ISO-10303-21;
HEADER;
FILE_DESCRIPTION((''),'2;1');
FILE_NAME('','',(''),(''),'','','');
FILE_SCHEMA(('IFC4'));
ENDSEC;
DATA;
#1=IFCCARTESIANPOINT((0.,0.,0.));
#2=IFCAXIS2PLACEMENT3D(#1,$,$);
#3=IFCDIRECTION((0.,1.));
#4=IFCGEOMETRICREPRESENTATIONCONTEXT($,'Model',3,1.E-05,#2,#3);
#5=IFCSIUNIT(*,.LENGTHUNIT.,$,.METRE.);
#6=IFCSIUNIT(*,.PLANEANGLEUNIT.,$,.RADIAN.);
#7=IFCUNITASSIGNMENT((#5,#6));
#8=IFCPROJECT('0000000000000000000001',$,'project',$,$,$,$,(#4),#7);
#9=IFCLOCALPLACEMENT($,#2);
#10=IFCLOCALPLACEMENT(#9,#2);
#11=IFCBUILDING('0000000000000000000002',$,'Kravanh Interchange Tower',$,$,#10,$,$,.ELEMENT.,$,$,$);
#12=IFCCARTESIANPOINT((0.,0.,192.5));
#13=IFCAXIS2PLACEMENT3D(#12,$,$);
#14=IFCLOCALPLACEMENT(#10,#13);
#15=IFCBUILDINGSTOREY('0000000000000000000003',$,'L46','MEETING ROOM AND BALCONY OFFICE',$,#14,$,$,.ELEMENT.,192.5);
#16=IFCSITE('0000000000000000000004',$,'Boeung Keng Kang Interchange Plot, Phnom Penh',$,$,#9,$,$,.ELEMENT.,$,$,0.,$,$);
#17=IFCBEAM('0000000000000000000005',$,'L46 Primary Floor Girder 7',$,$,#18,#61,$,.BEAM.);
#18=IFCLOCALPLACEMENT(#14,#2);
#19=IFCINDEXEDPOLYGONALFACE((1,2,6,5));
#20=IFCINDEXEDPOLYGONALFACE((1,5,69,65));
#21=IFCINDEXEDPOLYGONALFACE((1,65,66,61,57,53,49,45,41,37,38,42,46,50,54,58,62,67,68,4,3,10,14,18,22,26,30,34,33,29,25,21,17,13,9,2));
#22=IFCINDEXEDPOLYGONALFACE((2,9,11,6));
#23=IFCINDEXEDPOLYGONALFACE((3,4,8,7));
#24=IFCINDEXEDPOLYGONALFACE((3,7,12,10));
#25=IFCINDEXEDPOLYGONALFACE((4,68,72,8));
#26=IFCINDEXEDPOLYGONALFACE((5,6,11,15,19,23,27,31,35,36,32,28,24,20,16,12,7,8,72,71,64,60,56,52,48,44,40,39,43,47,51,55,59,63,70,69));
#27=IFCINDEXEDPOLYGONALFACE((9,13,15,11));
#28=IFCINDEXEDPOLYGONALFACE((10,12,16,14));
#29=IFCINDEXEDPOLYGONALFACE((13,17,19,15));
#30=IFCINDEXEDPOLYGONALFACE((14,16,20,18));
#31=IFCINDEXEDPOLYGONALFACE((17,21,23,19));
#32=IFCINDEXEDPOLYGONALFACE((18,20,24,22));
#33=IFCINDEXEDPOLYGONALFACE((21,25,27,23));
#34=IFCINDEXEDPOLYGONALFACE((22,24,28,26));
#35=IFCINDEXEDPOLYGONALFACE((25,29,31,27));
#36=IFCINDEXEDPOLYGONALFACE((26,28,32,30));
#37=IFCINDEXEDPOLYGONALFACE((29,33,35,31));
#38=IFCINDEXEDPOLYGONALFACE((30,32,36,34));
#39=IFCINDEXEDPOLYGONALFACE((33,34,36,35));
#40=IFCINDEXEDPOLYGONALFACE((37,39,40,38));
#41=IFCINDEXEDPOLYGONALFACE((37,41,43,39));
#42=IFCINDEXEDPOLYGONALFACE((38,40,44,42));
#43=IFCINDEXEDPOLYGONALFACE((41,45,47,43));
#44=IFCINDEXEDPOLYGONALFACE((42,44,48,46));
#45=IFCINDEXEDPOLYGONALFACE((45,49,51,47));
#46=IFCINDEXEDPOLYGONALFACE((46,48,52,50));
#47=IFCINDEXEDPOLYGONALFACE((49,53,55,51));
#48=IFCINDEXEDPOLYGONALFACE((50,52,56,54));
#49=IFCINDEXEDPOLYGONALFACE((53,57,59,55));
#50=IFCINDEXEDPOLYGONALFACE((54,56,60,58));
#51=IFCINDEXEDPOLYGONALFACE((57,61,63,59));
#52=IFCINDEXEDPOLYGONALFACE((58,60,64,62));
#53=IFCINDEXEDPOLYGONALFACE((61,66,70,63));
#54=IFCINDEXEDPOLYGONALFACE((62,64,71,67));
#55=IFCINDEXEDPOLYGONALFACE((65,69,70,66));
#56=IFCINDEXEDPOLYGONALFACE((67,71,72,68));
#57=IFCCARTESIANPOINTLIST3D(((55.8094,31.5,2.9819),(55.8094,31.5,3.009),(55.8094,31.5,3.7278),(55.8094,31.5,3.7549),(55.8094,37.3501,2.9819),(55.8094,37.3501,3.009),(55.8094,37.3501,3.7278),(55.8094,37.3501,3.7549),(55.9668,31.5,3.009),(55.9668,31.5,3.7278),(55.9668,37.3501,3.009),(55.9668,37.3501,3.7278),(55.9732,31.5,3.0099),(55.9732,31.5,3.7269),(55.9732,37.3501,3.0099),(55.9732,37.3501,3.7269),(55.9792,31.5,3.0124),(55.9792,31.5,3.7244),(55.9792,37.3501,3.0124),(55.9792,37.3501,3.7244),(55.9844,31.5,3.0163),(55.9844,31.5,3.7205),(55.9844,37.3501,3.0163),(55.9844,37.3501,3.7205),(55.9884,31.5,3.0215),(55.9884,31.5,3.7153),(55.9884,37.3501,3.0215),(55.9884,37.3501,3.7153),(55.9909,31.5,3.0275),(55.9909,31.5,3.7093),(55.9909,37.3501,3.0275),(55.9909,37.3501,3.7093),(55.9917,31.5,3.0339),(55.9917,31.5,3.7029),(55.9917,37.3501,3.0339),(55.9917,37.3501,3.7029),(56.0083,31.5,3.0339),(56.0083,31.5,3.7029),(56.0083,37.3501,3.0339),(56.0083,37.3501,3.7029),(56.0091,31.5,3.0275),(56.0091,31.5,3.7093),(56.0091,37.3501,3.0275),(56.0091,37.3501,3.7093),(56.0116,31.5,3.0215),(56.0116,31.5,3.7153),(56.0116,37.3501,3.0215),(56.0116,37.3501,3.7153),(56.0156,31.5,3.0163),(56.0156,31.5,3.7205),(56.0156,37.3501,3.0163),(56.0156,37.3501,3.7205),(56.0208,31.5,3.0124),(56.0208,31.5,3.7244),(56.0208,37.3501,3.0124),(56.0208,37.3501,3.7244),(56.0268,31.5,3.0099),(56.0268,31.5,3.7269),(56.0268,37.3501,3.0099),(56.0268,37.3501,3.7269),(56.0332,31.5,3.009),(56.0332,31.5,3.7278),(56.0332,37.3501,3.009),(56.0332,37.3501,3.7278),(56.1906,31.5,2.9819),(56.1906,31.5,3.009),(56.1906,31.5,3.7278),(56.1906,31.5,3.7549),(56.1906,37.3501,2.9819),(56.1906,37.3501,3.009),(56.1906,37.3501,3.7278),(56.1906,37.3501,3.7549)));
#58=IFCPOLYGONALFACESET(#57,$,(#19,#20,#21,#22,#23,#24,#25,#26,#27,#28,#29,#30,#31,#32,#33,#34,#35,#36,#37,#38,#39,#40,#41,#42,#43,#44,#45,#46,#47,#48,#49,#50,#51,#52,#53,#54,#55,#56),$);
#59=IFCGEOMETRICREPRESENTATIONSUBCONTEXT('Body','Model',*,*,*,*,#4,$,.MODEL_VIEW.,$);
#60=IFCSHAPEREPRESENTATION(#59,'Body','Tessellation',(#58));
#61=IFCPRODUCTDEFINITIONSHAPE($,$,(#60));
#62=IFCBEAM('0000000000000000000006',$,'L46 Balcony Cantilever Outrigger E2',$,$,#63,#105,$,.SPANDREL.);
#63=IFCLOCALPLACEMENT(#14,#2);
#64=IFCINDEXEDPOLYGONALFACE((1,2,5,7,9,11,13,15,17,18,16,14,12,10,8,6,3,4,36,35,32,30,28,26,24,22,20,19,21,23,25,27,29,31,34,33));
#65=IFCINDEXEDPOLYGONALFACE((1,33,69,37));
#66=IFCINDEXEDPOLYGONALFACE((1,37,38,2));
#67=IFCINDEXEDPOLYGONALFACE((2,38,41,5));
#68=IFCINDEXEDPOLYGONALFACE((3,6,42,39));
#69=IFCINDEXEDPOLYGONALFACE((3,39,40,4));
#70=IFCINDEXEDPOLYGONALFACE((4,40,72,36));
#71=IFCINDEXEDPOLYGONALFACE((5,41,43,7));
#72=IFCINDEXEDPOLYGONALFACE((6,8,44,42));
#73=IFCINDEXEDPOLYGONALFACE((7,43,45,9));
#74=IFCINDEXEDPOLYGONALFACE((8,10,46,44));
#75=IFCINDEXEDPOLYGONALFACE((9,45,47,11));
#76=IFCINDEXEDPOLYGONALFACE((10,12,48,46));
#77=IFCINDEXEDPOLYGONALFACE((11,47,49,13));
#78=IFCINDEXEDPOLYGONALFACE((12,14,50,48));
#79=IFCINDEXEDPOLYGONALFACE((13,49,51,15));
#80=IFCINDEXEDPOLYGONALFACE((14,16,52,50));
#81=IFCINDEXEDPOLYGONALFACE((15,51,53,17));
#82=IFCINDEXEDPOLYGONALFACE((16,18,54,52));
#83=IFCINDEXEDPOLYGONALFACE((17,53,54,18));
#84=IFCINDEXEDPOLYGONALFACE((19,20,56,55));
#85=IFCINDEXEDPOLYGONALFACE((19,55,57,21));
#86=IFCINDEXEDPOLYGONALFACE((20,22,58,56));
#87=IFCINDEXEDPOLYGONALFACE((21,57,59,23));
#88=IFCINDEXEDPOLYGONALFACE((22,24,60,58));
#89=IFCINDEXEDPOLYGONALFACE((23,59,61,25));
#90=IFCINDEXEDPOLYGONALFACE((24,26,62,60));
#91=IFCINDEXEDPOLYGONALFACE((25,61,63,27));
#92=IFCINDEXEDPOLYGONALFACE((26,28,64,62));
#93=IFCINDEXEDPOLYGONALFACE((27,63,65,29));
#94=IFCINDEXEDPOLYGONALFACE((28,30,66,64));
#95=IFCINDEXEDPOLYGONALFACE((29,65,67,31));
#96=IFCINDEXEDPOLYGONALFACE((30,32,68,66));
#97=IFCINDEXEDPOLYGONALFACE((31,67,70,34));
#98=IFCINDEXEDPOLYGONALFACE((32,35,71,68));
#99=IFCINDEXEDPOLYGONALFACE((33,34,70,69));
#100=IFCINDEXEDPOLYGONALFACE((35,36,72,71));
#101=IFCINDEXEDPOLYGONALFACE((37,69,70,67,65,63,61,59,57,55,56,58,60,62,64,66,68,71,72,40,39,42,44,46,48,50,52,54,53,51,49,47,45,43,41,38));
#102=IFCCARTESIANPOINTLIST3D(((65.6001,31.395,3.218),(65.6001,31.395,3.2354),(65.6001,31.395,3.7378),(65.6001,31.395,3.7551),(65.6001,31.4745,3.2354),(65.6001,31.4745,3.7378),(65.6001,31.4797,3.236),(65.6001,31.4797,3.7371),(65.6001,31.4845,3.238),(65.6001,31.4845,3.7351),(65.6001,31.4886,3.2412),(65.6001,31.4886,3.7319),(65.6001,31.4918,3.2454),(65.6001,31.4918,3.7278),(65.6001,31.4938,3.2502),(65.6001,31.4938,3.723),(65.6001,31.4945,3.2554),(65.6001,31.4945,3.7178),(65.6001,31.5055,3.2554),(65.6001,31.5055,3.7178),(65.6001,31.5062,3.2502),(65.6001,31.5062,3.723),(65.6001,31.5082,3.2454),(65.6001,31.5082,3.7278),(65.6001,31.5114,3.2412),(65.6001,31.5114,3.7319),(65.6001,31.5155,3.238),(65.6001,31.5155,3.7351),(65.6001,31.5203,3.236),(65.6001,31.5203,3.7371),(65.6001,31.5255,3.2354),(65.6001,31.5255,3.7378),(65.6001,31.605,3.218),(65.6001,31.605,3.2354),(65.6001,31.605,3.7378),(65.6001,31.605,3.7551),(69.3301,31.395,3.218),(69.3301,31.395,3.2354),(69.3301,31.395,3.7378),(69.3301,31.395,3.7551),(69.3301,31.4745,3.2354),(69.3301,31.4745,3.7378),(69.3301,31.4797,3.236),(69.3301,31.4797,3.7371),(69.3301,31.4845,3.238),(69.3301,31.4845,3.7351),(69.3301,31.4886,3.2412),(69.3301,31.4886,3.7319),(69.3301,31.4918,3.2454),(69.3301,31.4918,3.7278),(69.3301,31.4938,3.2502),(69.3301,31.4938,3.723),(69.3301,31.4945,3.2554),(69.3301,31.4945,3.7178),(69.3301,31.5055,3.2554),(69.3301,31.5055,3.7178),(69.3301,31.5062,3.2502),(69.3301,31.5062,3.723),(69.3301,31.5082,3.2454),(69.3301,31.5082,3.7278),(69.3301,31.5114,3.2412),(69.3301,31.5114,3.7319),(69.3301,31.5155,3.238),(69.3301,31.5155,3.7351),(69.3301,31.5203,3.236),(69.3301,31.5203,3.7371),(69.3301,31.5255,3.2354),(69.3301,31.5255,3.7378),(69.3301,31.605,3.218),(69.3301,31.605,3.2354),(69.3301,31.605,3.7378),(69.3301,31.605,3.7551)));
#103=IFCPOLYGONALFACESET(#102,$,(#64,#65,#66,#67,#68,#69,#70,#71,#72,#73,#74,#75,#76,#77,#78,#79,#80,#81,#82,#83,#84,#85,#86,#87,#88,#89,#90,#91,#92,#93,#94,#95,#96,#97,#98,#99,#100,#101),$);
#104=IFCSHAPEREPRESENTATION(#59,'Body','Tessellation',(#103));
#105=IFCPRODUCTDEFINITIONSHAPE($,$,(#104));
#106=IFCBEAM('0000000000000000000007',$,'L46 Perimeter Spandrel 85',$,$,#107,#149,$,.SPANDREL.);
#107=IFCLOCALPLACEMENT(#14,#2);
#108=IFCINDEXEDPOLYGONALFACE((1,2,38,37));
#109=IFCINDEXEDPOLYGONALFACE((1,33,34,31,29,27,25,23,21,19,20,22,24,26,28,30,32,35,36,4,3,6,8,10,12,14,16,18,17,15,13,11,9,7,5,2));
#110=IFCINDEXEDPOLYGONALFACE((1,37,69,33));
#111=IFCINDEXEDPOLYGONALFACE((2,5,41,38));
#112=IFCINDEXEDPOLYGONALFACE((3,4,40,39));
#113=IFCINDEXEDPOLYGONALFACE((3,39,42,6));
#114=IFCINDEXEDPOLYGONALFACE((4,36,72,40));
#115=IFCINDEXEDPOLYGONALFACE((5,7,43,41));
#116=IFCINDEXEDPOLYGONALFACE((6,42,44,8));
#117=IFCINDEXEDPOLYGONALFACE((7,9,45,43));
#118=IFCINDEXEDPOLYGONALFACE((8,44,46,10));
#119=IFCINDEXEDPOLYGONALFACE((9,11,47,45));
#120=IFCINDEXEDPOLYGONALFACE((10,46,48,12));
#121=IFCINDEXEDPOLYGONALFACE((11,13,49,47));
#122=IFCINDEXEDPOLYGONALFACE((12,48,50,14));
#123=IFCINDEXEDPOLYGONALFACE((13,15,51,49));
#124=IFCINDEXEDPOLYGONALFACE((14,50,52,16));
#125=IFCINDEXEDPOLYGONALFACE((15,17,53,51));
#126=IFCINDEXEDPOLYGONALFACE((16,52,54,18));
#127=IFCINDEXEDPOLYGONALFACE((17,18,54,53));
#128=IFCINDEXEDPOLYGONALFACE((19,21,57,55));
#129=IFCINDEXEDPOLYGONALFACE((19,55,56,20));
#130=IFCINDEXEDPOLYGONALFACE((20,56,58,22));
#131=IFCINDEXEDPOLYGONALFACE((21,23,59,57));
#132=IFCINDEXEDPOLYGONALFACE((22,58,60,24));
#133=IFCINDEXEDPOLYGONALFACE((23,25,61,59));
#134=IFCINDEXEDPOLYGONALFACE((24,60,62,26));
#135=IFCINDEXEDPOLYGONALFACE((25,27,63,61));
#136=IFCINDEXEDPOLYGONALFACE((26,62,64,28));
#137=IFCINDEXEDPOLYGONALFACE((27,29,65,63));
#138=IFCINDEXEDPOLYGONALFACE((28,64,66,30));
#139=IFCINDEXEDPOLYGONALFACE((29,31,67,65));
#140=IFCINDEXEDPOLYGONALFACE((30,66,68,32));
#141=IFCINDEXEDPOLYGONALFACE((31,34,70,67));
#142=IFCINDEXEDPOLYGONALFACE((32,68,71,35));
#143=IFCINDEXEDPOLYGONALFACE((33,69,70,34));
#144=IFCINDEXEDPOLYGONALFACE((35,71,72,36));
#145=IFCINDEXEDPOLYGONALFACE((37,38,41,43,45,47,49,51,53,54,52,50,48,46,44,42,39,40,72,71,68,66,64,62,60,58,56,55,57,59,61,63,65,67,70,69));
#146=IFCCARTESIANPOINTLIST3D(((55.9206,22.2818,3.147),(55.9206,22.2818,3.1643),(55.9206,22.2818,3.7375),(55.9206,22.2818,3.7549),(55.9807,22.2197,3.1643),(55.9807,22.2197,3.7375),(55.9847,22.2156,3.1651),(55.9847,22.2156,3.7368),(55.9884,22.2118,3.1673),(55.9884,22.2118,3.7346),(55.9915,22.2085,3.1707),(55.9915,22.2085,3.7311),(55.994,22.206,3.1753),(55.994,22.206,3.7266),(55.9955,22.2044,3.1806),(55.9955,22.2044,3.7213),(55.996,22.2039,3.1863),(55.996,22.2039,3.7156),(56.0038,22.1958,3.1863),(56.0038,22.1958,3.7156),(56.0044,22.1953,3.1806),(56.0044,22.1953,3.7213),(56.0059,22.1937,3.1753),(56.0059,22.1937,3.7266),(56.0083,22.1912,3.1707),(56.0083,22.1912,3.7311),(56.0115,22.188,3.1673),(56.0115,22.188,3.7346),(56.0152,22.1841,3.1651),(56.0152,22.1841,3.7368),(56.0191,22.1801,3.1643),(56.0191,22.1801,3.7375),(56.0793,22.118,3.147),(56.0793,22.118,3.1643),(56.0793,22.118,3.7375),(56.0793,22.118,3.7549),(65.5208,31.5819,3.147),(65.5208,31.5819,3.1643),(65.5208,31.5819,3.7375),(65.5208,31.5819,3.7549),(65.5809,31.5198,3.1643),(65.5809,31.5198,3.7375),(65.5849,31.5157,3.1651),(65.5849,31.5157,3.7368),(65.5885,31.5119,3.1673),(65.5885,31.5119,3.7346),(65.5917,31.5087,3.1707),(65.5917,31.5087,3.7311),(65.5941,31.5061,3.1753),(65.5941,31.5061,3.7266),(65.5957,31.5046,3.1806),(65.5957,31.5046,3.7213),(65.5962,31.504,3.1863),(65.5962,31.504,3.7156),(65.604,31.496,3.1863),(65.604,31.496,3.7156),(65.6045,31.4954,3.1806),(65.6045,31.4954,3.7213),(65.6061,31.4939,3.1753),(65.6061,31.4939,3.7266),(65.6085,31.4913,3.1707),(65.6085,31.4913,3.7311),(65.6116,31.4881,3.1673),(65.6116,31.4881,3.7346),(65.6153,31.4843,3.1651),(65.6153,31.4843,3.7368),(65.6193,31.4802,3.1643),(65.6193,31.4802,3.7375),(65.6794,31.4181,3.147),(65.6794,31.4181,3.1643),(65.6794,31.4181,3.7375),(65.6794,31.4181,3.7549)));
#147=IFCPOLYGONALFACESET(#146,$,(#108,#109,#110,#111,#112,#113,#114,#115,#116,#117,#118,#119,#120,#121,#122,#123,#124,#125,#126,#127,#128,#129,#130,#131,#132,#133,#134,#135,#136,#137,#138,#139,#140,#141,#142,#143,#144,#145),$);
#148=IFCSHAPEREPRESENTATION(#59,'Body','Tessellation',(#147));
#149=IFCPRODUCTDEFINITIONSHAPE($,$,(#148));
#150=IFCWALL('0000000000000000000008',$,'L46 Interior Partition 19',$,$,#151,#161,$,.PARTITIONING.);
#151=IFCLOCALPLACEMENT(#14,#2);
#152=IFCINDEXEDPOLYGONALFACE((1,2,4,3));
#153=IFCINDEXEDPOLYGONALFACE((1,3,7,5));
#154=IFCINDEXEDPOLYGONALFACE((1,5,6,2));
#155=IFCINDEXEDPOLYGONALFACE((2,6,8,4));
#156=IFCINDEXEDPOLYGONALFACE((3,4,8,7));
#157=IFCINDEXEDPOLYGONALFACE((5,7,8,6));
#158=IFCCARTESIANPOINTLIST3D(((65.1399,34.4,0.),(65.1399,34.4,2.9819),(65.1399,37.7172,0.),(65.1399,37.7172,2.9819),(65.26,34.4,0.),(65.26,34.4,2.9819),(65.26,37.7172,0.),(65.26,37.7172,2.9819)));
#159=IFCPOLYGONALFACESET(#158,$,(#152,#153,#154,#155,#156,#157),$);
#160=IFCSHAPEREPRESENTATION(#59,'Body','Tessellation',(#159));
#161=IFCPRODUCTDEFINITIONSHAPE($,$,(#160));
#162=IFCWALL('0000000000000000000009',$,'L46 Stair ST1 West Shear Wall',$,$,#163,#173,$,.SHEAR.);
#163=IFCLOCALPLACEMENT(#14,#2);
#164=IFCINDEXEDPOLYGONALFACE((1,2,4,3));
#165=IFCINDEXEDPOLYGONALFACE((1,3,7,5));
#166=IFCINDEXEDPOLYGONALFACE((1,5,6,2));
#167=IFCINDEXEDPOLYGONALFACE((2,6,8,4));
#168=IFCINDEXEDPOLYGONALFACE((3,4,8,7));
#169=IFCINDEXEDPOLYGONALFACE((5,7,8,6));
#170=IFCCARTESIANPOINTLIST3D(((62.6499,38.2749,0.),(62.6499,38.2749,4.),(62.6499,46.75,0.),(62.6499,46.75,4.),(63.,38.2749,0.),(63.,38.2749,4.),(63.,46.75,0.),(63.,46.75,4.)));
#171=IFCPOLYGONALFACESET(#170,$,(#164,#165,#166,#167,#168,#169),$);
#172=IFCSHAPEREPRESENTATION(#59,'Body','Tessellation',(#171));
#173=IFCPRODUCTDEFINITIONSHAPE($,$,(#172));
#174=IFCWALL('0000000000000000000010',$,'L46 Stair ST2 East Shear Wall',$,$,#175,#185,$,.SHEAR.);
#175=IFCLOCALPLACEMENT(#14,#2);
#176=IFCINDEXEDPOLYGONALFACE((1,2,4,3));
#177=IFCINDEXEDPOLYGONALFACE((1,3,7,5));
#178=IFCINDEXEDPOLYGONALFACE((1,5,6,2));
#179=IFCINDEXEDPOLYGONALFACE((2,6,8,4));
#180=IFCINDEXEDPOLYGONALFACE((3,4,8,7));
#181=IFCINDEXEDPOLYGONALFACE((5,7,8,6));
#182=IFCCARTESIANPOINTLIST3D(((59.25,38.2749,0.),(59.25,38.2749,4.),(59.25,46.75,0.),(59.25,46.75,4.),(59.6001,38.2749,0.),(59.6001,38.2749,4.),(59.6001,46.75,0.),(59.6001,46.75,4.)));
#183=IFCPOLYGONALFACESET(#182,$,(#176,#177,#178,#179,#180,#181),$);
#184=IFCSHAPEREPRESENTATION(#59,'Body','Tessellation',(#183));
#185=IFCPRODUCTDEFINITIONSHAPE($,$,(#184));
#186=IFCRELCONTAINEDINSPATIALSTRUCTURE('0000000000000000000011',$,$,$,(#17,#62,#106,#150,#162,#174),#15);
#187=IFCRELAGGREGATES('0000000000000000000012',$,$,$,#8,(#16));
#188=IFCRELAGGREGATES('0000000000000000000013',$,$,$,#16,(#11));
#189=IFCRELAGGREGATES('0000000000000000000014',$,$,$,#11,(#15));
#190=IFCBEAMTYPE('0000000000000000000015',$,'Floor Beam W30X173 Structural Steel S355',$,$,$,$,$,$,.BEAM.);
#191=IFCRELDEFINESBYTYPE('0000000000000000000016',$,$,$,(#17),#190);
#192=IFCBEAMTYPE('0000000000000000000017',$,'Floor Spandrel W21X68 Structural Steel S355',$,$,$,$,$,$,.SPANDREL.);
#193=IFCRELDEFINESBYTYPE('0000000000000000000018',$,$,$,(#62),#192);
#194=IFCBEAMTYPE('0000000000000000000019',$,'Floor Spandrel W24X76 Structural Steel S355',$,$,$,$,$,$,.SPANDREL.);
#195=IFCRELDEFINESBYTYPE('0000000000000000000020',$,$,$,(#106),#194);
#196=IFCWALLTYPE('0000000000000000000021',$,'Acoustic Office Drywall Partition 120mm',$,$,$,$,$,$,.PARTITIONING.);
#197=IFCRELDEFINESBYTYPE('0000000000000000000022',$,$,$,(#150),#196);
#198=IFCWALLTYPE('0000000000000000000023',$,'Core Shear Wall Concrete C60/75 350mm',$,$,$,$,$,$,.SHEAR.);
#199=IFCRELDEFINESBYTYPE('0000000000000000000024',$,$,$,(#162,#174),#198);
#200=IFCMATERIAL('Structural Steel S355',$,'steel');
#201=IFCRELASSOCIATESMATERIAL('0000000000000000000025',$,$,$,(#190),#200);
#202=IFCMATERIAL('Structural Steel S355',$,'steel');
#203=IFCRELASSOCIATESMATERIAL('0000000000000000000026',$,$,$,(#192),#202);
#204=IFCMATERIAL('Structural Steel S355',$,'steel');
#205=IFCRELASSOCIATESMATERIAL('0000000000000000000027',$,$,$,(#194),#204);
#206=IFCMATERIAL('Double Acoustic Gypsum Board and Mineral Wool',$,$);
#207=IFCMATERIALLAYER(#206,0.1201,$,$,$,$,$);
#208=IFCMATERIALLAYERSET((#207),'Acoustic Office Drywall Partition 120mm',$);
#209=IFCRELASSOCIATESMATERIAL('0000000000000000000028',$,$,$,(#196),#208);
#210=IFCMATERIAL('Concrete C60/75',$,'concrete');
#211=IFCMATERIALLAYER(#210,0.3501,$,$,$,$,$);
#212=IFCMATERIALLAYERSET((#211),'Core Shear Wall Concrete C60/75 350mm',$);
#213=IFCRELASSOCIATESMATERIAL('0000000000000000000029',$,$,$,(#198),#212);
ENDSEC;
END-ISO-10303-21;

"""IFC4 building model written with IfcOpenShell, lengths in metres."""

from ifc_helpers import new_model, si_unit, direction, frame, frame_2d, origin, origin_2d, place, context, subcontext, project, spatial, rectangle, i_section, extrude, material, layer, layer_set, material_profile, profile_set, type_object, element, save


model = new_model("IFC4")

# Units and contexts
model_context = context("Model", 3, precision=1e-05, world=origin(), true_north=direction((0.0, 1.0)))
body_context = subcontext(model_context, "Body", "Model", "MODEL_VIEW")
ifc_project = project(units=[si_unit("LENGTHUNIT", "METRE"), si_unit("PLANEANGLEUNIT", "RADIAN")], contexts=[model_context])

# Site, building, storey
site_placement = place(None, origin())
site = spatial("IfcSite", under=ifc_project, at=site_placement, Name="Boeung Keng Kang Interchange Plot, Phnom Penh", CompositionType="ELEMENT", RefElevation=0.0)
building_placement = place(site_placement, origin())
building = spatial("IfcBuilding", under=site, at=building_placement, Name="Kravanh Interchange Tower", CompositionType="ELEMENT")
storey_placement = place(building_placement, frame((0.0, 0.0, 192.5)))
storey = spatial("IfcBuildingStorey", under=building, at=storey_placement, Name="L46", Description="MEETING ROOM AND BALCONY OFFICE", CompositionType="ELEMENT", Elevation=192.5)

# Beams
ifc_material_1 = material(Name="Structural Steel S355", Category="steel")
ifc_material_profile_1 = material_profile(ifc_material_1, i_section(OverallWidth=0.3811, OverallDepth=0.7729, WebThickness=0.0166, FlangeThickness=0.0271, FilletRadius=0.0249, at=origin_2d()), Name="W30X173")
ifc_profile_set_1 = profile_set([ifc_material_profile_1], Name="Structural Steel S355")
beam_type_1 = type_object("IfcBeamType", Name="Floor Beam W30X173 Structural Steel S355", PredefinedType="BEAM", material=ifc_profile_set_1)
beam_1_placement = place(storey_placement, frame((56.0, 37.3501, 3.3684), z_axis=(0.0, -1.0, 0.0), x_axis=(1.0, 0.0, 0.0)))
element("IfcBeam", 1, at=beam_1_placement, inside=storey, type_object=beam_type_1, Name="L46 Primary Floor Girder 7", PredefinedType="BEAM", context=body_context, shape_type="SweptSolid", body=[
    extrude(i_section(OverallWidth=0.3811, OverallDepth=0.7729, WebThickness=0.0166, FlangeThickness=0.0271, FilletRadius=0.0249, at=origin_2d()), origin(), (0.0, 0.0, 1.0), 5.8501),
])
ifc_material_2 = material(Name="Structural Steel S355", Category="steel")
ifc_material_profile_2 = material_profile(ifc_material_2, i_section(OverallWidth=0.21, OverallDepth=0.5371, WebThickness=0.011, FlangeThickness=0.0173, FilletRadius=0.02, at=origin_2d()), Name="W21X68")
ifc_profile_set_2 = profile_set([ifc_material_profile_2], Name="Structural Steel S355")
beam_type_2 = type_object("IfcBeamType", Name="Floor Spandrel W21X68 Structural Steel S355", PredefinedType="SPANDREL", material=ifc_profile_set_2)
beam_2_placement = place(storey_placement, frame((65.6001, 31.5, 3.4866), z_axis=(1.0, 0.0, 0.0), x_axis=(0.0, 1.0, 0.0)))
element("IfcBeam", 2, at=beam_2_placement, inside=storey, type_object=beam_type_2, Name="L46 Balcony Cantilever Outrigger E2", PredefinedType="SPANDREL", context=body_context, shape_type="SweptSolid", body=[
    extrude(i_section(OverallWidth=0.21, OverallDepth=0.5371, WebThickness=0.011, FlangeThickness=0.0173, FilletRadius=0.02, at=origin_2d()), origin(), (0.0, 0.0, 1.0), 3.73),
])
ifc_material_3 = material(Name="Structural Steel S355", Category="steel")
ifc_material_profile_3 = material_profile(ifc_material_3, i_section(OverallWidth=0.228, OverallDepth=0.6079, WebThickness=0.0112, FlangeThickness=0.0173, FilletRadius=0.022, at=origin_2d()), Name="W24X76")
ifc_profile_set_3 = profile_set([ifc_material_profile_3], Name="Structural Steel S355")
beam_type_3 = type_object("IfcBeamType", Name="Floor Spandrel W24X76 Structural Steel S355", PredefinedType="SPANDREL", material=ifc_profile_set_3)
beam_3_placement = place(storey_placement, frame((65.6001, 31.5, 3.4509), z_axis=(-0.718242, -0.695793, 0.0), x_axis=(0.695793, -0.718242, 0.0)))
element("IfcBeam", 3, at=beam_3_placement, inside=storey, type_object=beam_type_3, Name="L46 Perimeter Spandrel 85", PredefinedType="SPANDREL", context=body_context, shape_type="SweptSolid", body=[
    extrude(i_section(OverallWidth=0.228, OverallDepth=0.6079, WebThickness=0.0112, FlangeThickness=0.0173, FilletRadius=0.022, at=origin_2d()), origin(), (0.0, 0.0, 1.0), 13.3662),
])

# Walls
ifc_material_4 = material(Name="Double Acoustic Gypsum Board and Mineral Wool")
ifc_layer_1 = layer(ifc_material_4, 0.1201)
ifc_layer_set_1 = layer_set([ifc_layer_1], Name="Acoustic Office Drywall Partition 120mm")
wall_type_1 = type_object("IfcWallType", Name="Acoustic Office Drywall Partition 120mm", PredefinedType="PARTITIONING", material=ifc_layer_set_1)
wall_1_placement = place(storey_placement, frame((65.2, 34.3999, 0.0), z_axis=(0.0, 0.0, 1.0), x_axis=(0.0, 1.0, 0.0)))
element("IfcWall", 4, at=wall_1_placement, inside=storey, type_object=wall_type_1, Name="L46 Interior Partition 19", PredefinedType="PARTITIONING", context=body_context, shape_type="SweptSolid", body=[
    extrude(rectangle(XDim=3.3171, YDim=0.1201, at=frame_2d((1.6587, 0.0))), origin(), (0.0, 0.0, 1.0), 2.9819),
])
ifc_material_5 = material(Name="Concrete C60/75", Category="concrete")
ifc_layer_2 = layer(ifc_material_5, 0.3501)
ifc_layer_set_2 = layer_set([ifc_layer_2], Name="Core Shear Wall Concrete C60/75 350mm")
wall_type_2 = type_object("IfcWallType", Name="Core Shear Wall Concrete C60/75 350mm", PredefinedType="SHEAR", material=ifc_layer_set_2)
for number, where, z_axis, x_axis, name in (
    (5, (62.825, 38.2749, 0.0), (0.0, 0.0, 1.0), (0.0, 1.0, 0.0), "L46 Stair ST1 West Shear Wall"),
    (6, (59.425, 38.2749, 0.0), (0.0, 0.0, 1.0), (0.0, 1.0, 0.0), "L46 Stair ST2 East Shear Wall"),
):
    element("IfcWall", number, at=place(storey_placement, frame(where, z_axis=z_axis, x_axis=x_axis)), inside=storey, type_object=wall_type_2, Name=name, PredefinedType="SHEAR", context=body_context, shape_type="SweptSolid", body=[
        extrude(rectangle(XDim=8.4751, YDim=0.3501, at=frame_2d((4.2375, 0.0))), origin(), (0.0, 0.0, 1.0), 4.0),
    ])

save(model, "model.ifc")
